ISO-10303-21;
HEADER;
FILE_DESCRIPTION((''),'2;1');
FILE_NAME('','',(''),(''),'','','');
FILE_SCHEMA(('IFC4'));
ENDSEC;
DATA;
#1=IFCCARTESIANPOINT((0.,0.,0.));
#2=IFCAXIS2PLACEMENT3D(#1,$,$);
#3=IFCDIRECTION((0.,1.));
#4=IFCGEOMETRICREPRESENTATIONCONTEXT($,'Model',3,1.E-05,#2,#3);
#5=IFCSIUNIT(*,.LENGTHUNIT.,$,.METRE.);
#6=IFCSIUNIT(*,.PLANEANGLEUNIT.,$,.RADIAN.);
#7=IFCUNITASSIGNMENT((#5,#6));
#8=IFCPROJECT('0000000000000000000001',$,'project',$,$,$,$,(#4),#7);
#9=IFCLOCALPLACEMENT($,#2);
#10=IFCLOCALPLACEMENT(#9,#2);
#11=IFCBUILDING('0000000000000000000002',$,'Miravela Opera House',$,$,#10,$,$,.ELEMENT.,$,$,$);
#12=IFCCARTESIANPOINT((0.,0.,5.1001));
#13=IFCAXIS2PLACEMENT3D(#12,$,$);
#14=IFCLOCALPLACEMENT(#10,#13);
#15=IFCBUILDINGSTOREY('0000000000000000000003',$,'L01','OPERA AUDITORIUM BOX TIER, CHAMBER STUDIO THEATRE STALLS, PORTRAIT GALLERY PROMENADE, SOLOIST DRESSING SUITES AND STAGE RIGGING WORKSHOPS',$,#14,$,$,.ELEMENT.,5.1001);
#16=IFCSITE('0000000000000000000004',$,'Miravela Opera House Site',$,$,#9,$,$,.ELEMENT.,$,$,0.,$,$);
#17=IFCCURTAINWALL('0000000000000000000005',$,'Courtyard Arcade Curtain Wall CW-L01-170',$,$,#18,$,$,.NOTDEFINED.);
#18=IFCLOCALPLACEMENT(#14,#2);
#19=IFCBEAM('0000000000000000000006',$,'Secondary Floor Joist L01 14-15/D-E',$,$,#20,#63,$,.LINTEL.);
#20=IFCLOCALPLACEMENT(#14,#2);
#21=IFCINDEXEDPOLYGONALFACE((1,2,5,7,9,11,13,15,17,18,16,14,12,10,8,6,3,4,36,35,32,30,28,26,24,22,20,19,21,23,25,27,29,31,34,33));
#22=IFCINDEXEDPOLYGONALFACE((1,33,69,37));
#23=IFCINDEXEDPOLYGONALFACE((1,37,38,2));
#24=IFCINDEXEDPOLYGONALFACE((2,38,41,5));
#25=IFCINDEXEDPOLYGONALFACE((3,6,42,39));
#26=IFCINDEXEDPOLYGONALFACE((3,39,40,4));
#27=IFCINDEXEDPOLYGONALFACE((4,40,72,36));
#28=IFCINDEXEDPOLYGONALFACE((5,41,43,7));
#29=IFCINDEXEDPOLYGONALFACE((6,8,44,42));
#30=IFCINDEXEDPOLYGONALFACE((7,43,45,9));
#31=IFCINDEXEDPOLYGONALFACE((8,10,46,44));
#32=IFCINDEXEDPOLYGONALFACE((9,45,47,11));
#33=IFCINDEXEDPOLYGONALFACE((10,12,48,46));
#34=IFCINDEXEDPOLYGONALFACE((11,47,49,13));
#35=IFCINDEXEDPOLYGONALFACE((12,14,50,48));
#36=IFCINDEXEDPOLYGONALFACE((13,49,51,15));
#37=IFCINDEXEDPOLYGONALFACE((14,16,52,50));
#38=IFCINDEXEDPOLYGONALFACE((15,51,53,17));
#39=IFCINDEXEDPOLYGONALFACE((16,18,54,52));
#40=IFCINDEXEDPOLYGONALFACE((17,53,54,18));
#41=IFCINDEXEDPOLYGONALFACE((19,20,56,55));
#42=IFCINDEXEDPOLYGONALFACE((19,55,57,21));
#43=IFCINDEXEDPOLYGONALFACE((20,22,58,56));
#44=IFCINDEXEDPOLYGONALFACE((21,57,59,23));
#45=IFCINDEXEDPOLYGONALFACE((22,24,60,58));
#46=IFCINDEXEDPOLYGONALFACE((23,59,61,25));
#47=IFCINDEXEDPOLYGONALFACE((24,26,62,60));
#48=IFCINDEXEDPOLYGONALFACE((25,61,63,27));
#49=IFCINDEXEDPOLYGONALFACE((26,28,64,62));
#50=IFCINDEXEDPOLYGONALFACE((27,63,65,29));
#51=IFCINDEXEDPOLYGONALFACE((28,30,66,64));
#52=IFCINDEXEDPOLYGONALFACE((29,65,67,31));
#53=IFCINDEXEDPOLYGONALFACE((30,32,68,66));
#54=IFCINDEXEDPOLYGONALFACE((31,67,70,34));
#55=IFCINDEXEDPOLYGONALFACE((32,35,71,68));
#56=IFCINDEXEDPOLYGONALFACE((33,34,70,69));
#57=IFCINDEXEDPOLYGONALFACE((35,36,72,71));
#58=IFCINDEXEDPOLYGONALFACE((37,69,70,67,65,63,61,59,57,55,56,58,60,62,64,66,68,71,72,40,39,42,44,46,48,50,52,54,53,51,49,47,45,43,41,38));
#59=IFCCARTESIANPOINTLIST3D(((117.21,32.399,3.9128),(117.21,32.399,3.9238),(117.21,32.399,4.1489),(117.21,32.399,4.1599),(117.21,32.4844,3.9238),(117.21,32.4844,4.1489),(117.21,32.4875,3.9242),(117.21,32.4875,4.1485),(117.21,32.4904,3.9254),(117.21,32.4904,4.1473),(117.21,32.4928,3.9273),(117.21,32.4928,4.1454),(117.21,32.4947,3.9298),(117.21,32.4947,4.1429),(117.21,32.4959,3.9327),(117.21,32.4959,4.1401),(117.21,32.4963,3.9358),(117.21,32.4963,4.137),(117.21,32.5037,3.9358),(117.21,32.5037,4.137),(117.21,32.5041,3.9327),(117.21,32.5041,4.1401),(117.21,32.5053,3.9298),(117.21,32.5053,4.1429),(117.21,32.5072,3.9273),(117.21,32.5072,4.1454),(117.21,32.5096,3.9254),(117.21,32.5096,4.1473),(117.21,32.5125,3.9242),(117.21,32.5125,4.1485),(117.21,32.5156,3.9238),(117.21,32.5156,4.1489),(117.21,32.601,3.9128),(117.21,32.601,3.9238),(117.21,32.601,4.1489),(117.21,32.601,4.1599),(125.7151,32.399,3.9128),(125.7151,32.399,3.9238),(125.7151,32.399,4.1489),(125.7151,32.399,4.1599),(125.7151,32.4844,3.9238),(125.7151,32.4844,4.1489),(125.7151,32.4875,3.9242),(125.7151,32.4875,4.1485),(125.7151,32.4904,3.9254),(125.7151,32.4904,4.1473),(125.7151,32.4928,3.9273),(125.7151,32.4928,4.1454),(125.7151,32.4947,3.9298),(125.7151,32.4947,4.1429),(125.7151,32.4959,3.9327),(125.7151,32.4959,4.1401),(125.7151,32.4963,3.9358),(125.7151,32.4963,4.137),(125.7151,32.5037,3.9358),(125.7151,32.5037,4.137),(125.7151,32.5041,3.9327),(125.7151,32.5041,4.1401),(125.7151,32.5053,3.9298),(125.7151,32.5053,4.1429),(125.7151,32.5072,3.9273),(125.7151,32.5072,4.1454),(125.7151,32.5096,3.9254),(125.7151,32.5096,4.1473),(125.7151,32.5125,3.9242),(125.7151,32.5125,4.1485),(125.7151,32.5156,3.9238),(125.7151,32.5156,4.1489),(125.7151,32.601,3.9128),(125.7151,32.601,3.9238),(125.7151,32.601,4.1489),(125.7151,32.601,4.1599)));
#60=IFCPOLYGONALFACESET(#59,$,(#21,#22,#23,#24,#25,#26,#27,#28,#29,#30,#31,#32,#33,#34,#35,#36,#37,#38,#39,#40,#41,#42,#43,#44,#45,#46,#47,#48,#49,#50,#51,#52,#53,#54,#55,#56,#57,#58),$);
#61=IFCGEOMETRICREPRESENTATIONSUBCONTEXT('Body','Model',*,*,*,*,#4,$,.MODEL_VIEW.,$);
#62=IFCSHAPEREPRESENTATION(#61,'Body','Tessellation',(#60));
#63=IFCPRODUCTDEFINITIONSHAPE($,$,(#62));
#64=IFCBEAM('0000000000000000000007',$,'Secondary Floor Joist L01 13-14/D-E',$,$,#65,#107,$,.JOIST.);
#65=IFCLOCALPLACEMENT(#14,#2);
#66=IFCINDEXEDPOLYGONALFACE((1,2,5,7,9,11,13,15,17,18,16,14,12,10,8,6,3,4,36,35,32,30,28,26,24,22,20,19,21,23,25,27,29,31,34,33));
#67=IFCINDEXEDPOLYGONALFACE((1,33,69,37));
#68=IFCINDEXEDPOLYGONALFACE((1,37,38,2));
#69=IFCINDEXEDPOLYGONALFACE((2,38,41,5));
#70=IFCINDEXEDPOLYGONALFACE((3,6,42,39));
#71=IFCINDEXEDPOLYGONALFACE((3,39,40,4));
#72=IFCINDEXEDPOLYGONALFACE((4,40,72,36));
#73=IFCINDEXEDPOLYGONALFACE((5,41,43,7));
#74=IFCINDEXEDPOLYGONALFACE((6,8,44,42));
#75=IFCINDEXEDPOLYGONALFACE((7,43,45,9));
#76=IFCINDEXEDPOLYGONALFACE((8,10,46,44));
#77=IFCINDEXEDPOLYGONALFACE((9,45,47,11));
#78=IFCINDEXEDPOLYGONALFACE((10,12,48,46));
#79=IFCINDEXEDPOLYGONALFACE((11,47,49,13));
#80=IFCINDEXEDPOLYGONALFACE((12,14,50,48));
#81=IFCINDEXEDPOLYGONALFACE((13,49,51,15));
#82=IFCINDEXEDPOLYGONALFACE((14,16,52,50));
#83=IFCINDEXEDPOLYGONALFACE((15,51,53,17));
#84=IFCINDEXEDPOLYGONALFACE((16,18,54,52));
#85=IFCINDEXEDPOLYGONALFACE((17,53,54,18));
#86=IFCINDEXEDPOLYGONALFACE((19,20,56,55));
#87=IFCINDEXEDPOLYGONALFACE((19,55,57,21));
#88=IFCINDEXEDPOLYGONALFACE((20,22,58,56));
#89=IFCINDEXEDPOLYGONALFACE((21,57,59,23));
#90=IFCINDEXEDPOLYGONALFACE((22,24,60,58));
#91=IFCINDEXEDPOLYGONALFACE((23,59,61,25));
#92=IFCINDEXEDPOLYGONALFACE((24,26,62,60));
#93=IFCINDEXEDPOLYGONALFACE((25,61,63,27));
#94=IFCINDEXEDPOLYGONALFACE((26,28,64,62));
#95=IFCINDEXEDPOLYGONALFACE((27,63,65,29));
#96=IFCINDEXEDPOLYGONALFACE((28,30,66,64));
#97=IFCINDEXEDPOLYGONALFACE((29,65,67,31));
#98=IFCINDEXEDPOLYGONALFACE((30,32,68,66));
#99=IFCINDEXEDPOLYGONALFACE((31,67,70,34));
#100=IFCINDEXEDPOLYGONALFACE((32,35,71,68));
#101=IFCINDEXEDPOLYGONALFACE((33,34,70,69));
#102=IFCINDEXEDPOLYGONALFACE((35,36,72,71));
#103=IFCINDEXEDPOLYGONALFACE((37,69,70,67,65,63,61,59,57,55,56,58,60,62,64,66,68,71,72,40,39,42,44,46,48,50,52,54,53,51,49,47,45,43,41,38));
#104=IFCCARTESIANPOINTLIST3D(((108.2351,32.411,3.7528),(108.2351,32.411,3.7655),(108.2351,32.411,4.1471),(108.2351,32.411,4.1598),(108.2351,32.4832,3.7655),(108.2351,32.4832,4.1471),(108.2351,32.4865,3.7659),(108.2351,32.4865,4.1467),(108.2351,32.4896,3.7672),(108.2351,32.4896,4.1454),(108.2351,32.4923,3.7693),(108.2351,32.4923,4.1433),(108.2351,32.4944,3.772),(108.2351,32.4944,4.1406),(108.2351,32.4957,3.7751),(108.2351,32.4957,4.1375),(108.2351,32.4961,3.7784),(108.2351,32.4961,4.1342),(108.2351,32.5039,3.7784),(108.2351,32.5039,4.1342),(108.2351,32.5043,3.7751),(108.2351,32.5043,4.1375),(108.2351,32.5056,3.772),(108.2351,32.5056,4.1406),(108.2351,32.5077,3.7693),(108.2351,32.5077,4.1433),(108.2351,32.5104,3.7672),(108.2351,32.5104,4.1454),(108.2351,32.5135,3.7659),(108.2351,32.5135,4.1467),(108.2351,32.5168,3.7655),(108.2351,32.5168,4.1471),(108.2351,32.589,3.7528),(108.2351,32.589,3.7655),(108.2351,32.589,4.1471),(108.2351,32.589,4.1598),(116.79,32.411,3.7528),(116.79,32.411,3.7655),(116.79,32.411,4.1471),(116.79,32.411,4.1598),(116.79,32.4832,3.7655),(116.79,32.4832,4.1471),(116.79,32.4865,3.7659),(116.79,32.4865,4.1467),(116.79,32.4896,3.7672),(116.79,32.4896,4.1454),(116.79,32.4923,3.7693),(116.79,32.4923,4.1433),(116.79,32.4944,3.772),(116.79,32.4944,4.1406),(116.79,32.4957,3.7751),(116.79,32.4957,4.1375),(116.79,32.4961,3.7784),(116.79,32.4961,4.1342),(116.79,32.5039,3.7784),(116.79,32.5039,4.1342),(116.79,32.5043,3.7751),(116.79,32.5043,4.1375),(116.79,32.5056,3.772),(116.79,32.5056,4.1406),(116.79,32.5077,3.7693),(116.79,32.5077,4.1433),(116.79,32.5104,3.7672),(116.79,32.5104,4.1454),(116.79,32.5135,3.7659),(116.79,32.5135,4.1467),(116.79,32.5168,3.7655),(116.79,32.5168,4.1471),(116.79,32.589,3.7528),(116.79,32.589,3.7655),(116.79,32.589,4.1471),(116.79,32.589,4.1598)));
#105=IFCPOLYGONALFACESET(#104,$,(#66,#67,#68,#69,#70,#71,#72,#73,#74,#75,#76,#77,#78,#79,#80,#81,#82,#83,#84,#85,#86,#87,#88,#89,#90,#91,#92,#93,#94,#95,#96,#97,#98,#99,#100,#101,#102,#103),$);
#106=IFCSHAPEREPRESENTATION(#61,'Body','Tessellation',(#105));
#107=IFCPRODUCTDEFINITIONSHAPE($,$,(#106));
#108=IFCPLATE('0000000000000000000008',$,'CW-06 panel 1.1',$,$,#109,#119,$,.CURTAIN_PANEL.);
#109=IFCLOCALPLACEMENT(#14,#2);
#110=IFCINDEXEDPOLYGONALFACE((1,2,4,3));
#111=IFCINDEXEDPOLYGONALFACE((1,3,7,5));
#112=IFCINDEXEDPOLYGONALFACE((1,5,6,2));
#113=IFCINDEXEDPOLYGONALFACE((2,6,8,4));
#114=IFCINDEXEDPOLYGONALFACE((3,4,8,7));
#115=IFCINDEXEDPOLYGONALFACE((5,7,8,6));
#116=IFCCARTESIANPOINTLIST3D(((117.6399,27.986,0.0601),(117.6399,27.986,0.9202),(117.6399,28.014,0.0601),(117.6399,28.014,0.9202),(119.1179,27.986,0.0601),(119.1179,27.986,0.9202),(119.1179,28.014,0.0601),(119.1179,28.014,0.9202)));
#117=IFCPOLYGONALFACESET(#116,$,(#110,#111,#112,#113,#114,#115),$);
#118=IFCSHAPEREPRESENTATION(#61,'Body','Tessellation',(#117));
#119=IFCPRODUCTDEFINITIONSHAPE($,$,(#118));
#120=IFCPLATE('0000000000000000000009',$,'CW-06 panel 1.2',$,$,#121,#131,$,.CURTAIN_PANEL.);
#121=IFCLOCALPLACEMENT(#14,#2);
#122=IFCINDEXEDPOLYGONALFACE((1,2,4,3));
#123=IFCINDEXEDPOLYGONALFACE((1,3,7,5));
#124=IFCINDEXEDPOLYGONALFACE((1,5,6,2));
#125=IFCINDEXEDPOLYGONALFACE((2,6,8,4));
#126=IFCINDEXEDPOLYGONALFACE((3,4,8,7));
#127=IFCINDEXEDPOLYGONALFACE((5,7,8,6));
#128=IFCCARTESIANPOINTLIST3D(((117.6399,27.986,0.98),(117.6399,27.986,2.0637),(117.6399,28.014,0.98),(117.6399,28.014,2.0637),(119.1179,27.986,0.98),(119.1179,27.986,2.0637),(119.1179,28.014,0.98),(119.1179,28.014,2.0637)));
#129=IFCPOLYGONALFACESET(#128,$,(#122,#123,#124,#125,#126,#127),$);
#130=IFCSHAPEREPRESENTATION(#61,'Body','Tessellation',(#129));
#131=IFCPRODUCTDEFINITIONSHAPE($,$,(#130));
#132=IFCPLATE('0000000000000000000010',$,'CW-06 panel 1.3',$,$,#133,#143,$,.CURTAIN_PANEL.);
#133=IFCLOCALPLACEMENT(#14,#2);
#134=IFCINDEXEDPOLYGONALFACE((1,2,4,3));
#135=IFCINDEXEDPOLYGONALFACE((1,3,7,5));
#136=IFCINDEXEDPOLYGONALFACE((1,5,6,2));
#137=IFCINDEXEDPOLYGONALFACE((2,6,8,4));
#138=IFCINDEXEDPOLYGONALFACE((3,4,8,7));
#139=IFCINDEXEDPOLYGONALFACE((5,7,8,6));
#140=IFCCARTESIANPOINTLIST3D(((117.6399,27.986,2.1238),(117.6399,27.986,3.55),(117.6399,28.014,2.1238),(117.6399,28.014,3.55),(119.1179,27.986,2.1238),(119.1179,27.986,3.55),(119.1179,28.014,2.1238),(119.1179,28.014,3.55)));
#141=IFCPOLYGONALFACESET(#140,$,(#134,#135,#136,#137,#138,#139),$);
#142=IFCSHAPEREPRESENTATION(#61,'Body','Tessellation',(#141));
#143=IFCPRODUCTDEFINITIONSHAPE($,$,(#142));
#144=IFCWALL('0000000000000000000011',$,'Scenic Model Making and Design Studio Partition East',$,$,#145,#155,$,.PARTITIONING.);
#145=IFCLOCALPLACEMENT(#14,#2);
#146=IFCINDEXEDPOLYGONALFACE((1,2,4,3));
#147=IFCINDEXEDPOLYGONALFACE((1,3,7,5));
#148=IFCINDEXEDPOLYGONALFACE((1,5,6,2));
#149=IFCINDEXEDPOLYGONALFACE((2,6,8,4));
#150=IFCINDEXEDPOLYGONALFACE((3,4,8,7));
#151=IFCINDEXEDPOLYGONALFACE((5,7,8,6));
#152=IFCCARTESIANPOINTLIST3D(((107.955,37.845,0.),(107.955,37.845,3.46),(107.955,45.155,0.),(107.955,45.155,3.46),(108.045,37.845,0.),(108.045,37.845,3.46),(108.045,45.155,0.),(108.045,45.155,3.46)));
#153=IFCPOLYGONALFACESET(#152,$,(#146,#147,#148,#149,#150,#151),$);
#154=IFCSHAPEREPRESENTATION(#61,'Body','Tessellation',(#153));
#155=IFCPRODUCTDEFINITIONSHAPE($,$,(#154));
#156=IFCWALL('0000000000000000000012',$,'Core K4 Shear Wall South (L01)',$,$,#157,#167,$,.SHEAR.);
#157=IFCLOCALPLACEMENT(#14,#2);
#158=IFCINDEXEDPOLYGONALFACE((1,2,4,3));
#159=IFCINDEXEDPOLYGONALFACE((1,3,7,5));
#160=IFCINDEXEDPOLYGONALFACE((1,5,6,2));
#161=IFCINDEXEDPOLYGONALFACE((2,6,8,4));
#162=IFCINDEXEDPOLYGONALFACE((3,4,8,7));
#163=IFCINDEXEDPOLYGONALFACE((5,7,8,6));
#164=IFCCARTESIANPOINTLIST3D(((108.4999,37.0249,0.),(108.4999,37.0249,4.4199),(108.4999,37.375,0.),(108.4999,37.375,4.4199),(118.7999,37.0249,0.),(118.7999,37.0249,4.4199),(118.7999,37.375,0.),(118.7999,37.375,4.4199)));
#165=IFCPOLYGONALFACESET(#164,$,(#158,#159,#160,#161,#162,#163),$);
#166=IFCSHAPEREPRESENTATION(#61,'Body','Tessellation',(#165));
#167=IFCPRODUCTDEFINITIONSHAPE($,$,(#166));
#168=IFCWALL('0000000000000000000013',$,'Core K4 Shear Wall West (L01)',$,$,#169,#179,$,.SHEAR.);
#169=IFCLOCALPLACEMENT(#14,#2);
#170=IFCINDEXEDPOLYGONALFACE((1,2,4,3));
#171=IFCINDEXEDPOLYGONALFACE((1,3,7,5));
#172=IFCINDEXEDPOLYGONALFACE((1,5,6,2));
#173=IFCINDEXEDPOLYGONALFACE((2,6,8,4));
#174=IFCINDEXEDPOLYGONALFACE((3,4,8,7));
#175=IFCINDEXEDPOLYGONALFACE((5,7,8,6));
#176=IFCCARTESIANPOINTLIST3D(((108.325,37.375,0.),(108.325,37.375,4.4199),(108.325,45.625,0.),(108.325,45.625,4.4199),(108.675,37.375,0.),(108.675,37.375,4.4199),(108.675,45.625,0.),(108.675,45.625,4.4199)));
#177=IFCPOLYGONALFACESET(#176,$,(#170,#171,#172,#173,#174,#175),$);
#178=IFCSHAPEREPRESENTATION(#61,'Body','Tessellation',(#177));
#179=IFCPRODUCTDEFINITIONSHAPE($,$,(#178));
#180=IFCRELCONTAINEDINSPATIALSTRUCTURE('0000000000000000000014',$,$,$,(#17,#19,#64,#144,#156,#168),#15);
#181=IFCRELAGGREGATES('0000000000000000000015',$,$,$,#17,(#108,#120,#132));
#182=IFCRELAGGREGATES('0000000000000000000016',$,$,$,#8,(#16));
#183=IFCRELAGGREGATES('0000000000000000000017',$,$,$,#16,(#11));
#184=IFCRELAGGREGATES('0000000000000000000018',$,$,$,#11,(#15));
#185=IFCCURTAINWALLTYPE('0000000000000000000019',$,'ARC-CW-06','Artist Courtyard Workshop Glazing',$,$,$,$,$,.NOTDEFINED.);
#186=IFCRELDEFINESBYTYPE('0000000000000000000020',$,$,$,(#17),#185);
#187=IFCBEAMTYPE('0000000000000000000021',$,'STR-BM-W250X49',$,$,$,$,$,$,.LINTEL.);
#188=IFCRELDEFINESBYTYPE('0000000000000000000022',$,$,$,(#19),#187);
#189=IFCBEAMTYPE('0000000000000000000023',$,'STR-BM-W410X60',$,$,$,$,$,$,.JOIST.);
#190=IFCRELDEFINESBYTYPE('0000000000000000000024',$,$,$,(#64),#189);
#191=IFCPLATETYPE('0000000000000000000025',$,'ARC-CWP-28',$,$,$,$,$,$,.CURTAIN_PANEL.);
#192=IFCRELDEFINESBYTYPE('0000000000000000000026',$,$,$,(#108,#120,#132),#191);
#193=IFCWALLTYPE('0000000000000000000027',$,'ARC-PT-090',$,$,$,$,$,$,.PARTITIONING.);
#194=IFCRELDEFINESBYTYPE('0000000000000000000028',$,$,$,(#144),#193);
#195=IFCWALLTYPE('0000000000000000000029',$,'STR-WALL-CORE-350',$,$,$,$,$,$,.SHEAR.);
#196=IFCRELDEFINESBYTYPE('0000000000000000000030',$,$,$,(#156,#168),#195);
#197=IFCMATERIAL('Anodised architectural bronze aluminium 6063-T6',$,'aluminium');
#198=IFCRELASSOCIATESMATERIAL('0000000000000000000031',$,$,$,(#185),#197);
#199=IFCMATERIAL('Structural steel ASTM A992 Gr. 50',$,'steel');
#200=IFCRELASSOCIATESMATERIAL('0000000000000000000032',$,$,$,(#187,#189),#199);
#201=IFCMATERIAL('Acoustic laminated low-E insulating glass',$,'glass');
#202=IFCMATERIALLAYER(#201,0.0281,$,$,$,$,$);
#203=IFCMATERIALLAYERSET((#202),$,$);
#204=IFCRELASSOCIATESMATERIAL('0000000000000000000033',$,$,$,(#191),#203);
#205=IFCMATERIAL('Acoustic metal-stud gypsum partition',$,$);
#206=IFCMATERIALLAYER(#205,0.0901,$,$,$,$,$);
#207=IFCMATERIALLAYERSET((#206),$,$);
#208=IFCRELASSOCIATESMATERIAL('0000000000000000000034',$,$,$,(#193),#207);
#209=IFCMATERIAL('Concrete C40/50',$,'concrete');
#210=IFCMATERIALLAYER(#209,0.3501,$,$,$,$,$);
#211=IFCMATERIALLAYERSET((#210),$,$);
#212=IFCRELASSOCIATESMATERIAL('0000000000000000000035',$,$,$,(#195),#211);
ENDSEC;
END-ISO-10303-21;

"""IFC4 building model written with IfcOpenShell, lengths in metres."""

from ifc_helpers import new_model, si_unit, direction, frame, frame_2d, origin, origin_2d, place, context, subcontext, project, spatial, rectangle, i_section, extrude, material, layer, layer_set, material_profile, profile_set, type_object, element, aggregate, save


model = new_model("IFC4")

# Units and contexts
model_context = context("Model", 3, precision=1e-05, world=origin(), true_north=direction((0.0, 1.0)))
body_context = subcontext(model_context, "Body", "Model", "MODEL_VIEW")
ifc_project = project(units=[si_unit("LENGTHUNIT", "METRE"), si_unit("PLANEANGLEUNIT", "RADIAN")], contexts=[model_context])

# Site, building, storey
site_placement = place(None, origin())
site = spatial("IfcSite", under=ifc_project, at=site_placement, Name="Miravela Opera House Site", CompositionType="ELEMENT", RefElevation=0.0)
building_placement = place(site_placement, origin())
building = spatial("IfcBuilding", under=site, at=building_placement, Name="Miravela Opera House", CompositionType="ELEMENT")
storey_placement = place(building_placement, frame((0.0, 0.0, 5.1001)))
storey = spatial("IfcBuildingStorey", under=building, at=storey_placement, Name="L01", Description="OPERA AUDITORIUM BOX TIER, CHAMBER STUDIO THEATRE STALLS, PORTRAIT GALLERY PROMENADE, SOLOIST DRESSING SUITES AND STAGE RIGGING WORKSHOPS", CompositionType="ELEMENT", Elevation=5.1001)

# Shared definitions
ifc_material_1 = material(Name="Concrete C40/50", Category="concrete")

# Curtain wall
ifc_material_2 = material(Name="Anodised architectural bronze aluminium 6063-T6", Category="aluminium")
curtain_wall_type = type_object("IfcCurtainWallType", Name="ARC-CW-06", Description="Artist Courtyard Workshop Glazing", PredefinedType="NOTDEFINED", material=ifc_material_2)
curtain_wall_placement = place(storey_placement, origin())
curtain_wall = element("IfcCurtainWall", 1, at=curtain_wall_placement, inside=storey, type_object=curtain_wall_type, Name="Courtyard Arcade Curtain Wall CW-L01-170", PredefinedType="NOTDEFINED")

# Beams
ifc_material_3 = material(Name="Structural steel ASTM A992 Gr. 50", Category="steel")
ifc_material_profile_1 = material_profile(ifc_material_3, i_section(OverallWidth=0.2019, OverallDepth=0.2471, WebThickness=0.0073, FlangeThickness=0.011, FilletRadius=0.012, at=origin_2d()), Name="W250X49")
ifc_profile_set_1 = profile_set([ifc_material_profile_1])
beam_type_1 = type_object("IfcBeamType", Name="STR-BM-W250X49", PredefinedType="LINTEL", material=ifc_profile_set_1)
beam_1_placement = place(storey_placement, frame((117.21, 32.5, 4.0364), z_axis=(1.0, 0.0, 0.0), x_axis=(0.0, 1.0, 0.0)))
element("IfcBeam", 2, at=beam_1_placement, inside=storey, type_object=beam_type_1, Name="Secondary Floor Joist L01 14-15/D-E", PredefinedType="LINTEL", context=body_context, shape_type="SweptSolid", body=[
    extrude(i_section(OverallWidth=0.2019, OverallDepth=0.2471, WebThickness=0.0073, FlangeThickness=0.011, FilletRadius=0.012, at=origin_2d()), origin(), (0.0, 0.0, 1.0), 8.5051),
])
ifc_material_profile_2 = material_profile(ifc_material_3, i_section(OverallWidth=0.178, OverallDepth=0.407, WebThickness=0.0078, FlangeThickness=0.0127, FilletRadius=0.0129, at=origin_2d()), Name="W410X60")
ifc_profile_set_2 = profile_set([ifc_material_profile_2])
beam_type_2 = type_object("IfcBeamType", Name="STR-BM-W410X60", PredefinedType="JOIST", material=ifc_profile_set_2)
beam_2_placement = place(storey_placement, frame((108.2351, 32.5, 3.9563), z_axis=(1.0, 0.0, 0.0), x_axis=(0.0, 1.0, 0.0)))
element("IfcBeam", 3, at=beam_2_placement, inside=storey, type_object=beam_type_2, Name="Secondary Floor Joist L01 13-14/D-E", PredefinedType="JOIST", context=body_context, shape_type="SweptSolid", body=[
    extrude(i_section(OverallWidth=0.178, OverallDepth=0.407, WebThickness=0.0078, FlangeThickness=0.0127, FilletRadius=0.0129, at=origin_2d()), origin(), (0.0, 0.0, 1.0), 8.5549),
])

# Plates
ifc_material_4 = material(Name="Acoustic laminated low-E insulating glass", Category="glass")
ifc_layer_1 = layer(ifc_material_4, 0.0281)
ifc_layer_set_1 = layer_set([ifc_layer_1])
plate_type = type_object("IfcPlateType", Name="ARC-CWP-28", PredefinedType="CURTAIN_PANEL", material=ifc_layer_set_1)
plate_1_placement = place(storey_placement, frame((118.3789, 28.0, 0.0601), z_axis=(0.0, 0.0, 1.0), x_axis=(1.0, 0.0, 0.0)))
plate_1 = element("IfcPlate", 4, at=plate_1_placement, type_object=plate_type, Name="CW-06 panel 1.1", PredefinedType="CURTAIN_PANEL", context=body_context, shape_type="SweptSolid", body=[
    extrude(rectangle(XDim=1.478, YDim=0.0281, at=origin_2d()), origin(), (0.0, 0.0, 1.0), 0.8601),
])
plate_2_placement = place(storey_placement, frame((118.3789, 28.0, 0.98), z_axis=(0.0, 0.0, 1.0), x_axis=(1.0, 0.0, 0.0)))
plate_2 = element("IfcPlate", 5, at=plate_2_placement, type_object=plate_type, Name="CW-06 panel 1.2", PredefinedType="CURTAIN_PANEL", context=body_context, shape_type="SweptSolid", body=[
    extrude(rectangle(XDim=1.478, YDim=0.0281, at=origin_2d()), origin(), (0.0, 0.0, 1.0), 1.0837),
])
plate_3_placement = place(storey_placement, frame((118.3789, 28.0, 2.1238), z_axis=(0.0, 0.0, 1.0), x_axis=(1.0, 0.0, 0.0)))
plate_3 = element("IfcPlate", 6, at=plate_3_placement, type_object=plate_type, Name="CW-06 panel 1.3", PredefinedType="CURTAIN_PANEL", context=body_context, shape_type="SweptSolid", body=[
    extrude(rectangle(XDim=1.478, YDim=0.0281, at=origin_2d()), origin(), (0.0, 0.0, 1.0), 1.4263),
])
aggregate(curtain_wall, [plate_1, plate_2, plate_3])

# Walls
ifc_material_5 = material(Name="Acoustic metal-stud gypsum partition")
ifc_layer_2 = layer(ifc_material_5, 0.0901)
ifc_layer_set_2 = layer_set([ifc_layer_2])
wall_type_1 = type_object("IfcWallType", Name="ARC-PT-090", PredefinedType="PARTITIONING", material=ifc_layer_set_2)
wall_1_placement = place(storey_placement, frame((108.0, 37.845, 0.0), z_axis=(0.0, 0.0, 1.0), x_axis=(0.0, 1.0, 0.0)))
element("IfcWall", 7, at=wall_1_placement, inside=storey, type_object=wall_type_1, Name="Scenic Model Making and Design Studio Partition East", PredefinedType="PARTITIONING", context=body_context, shape_type="SweptSolid", body=[
    extrude(rectangle(XDim=7.3101, YDim=0.0901, at=frame_2d((3.655, 0.0))), origin(), (0.0, 0.0, 1.0), 3.46),
])
ifc_layer_3 = layer(ifc_material_1, 0.3501)
ifc_layer_set_3 = layer_set([ifc_layer_3])
wall_type_2 = type_object("IfcWallType", Name="STR-WALL-CORE-350", PredefinedType="SHEAR", material=ifc_layer_set_3)
wall_2_placement = place(storey_placement, frame((108.5, 37.2, 0.0), z_axis=(0.0, 0.0, 1.0), x_axis=(1.0, 0.0, 0.0)))
element("IfcWall", 8, at=wall_2_placement, inside=storey, type_object=wall_type_2, Name="Core K4 Shear Wall South (L01)", PredefinedType="SHEAR", context=body_context, shape_type="SweptSolid", body=[
    extrude(rectangle(XDim=10.3, YDim=0.3501, at=frame_2d((5.1499, 0.0))), origin(), (0.0, 0.0, 1.0), 4.4199),
])
wall_3_placement = place(storey_placement, frame((108.5, 37.375, 0.0), z_axis=(0.0, 0.0, 1.0), x_axis=(0.0, 1.0, 0.0)))
element("IfcWall", 9, at=wall_3_placement, inside=storey, type_object=wall_type_2, Name="Core K4 Shear Wall West (L01)", PredefinedType="SHEAR", context=body_context, shape_type="SweptSolid", body=[
    extrude(rectangle(XDim=8.25, YDim=0.3501, at=frame_2d((4.125, 0.0))), origin(), (0.0, 0.0, 1.0), 4.4199),
])

save(model, "model.ifc")
